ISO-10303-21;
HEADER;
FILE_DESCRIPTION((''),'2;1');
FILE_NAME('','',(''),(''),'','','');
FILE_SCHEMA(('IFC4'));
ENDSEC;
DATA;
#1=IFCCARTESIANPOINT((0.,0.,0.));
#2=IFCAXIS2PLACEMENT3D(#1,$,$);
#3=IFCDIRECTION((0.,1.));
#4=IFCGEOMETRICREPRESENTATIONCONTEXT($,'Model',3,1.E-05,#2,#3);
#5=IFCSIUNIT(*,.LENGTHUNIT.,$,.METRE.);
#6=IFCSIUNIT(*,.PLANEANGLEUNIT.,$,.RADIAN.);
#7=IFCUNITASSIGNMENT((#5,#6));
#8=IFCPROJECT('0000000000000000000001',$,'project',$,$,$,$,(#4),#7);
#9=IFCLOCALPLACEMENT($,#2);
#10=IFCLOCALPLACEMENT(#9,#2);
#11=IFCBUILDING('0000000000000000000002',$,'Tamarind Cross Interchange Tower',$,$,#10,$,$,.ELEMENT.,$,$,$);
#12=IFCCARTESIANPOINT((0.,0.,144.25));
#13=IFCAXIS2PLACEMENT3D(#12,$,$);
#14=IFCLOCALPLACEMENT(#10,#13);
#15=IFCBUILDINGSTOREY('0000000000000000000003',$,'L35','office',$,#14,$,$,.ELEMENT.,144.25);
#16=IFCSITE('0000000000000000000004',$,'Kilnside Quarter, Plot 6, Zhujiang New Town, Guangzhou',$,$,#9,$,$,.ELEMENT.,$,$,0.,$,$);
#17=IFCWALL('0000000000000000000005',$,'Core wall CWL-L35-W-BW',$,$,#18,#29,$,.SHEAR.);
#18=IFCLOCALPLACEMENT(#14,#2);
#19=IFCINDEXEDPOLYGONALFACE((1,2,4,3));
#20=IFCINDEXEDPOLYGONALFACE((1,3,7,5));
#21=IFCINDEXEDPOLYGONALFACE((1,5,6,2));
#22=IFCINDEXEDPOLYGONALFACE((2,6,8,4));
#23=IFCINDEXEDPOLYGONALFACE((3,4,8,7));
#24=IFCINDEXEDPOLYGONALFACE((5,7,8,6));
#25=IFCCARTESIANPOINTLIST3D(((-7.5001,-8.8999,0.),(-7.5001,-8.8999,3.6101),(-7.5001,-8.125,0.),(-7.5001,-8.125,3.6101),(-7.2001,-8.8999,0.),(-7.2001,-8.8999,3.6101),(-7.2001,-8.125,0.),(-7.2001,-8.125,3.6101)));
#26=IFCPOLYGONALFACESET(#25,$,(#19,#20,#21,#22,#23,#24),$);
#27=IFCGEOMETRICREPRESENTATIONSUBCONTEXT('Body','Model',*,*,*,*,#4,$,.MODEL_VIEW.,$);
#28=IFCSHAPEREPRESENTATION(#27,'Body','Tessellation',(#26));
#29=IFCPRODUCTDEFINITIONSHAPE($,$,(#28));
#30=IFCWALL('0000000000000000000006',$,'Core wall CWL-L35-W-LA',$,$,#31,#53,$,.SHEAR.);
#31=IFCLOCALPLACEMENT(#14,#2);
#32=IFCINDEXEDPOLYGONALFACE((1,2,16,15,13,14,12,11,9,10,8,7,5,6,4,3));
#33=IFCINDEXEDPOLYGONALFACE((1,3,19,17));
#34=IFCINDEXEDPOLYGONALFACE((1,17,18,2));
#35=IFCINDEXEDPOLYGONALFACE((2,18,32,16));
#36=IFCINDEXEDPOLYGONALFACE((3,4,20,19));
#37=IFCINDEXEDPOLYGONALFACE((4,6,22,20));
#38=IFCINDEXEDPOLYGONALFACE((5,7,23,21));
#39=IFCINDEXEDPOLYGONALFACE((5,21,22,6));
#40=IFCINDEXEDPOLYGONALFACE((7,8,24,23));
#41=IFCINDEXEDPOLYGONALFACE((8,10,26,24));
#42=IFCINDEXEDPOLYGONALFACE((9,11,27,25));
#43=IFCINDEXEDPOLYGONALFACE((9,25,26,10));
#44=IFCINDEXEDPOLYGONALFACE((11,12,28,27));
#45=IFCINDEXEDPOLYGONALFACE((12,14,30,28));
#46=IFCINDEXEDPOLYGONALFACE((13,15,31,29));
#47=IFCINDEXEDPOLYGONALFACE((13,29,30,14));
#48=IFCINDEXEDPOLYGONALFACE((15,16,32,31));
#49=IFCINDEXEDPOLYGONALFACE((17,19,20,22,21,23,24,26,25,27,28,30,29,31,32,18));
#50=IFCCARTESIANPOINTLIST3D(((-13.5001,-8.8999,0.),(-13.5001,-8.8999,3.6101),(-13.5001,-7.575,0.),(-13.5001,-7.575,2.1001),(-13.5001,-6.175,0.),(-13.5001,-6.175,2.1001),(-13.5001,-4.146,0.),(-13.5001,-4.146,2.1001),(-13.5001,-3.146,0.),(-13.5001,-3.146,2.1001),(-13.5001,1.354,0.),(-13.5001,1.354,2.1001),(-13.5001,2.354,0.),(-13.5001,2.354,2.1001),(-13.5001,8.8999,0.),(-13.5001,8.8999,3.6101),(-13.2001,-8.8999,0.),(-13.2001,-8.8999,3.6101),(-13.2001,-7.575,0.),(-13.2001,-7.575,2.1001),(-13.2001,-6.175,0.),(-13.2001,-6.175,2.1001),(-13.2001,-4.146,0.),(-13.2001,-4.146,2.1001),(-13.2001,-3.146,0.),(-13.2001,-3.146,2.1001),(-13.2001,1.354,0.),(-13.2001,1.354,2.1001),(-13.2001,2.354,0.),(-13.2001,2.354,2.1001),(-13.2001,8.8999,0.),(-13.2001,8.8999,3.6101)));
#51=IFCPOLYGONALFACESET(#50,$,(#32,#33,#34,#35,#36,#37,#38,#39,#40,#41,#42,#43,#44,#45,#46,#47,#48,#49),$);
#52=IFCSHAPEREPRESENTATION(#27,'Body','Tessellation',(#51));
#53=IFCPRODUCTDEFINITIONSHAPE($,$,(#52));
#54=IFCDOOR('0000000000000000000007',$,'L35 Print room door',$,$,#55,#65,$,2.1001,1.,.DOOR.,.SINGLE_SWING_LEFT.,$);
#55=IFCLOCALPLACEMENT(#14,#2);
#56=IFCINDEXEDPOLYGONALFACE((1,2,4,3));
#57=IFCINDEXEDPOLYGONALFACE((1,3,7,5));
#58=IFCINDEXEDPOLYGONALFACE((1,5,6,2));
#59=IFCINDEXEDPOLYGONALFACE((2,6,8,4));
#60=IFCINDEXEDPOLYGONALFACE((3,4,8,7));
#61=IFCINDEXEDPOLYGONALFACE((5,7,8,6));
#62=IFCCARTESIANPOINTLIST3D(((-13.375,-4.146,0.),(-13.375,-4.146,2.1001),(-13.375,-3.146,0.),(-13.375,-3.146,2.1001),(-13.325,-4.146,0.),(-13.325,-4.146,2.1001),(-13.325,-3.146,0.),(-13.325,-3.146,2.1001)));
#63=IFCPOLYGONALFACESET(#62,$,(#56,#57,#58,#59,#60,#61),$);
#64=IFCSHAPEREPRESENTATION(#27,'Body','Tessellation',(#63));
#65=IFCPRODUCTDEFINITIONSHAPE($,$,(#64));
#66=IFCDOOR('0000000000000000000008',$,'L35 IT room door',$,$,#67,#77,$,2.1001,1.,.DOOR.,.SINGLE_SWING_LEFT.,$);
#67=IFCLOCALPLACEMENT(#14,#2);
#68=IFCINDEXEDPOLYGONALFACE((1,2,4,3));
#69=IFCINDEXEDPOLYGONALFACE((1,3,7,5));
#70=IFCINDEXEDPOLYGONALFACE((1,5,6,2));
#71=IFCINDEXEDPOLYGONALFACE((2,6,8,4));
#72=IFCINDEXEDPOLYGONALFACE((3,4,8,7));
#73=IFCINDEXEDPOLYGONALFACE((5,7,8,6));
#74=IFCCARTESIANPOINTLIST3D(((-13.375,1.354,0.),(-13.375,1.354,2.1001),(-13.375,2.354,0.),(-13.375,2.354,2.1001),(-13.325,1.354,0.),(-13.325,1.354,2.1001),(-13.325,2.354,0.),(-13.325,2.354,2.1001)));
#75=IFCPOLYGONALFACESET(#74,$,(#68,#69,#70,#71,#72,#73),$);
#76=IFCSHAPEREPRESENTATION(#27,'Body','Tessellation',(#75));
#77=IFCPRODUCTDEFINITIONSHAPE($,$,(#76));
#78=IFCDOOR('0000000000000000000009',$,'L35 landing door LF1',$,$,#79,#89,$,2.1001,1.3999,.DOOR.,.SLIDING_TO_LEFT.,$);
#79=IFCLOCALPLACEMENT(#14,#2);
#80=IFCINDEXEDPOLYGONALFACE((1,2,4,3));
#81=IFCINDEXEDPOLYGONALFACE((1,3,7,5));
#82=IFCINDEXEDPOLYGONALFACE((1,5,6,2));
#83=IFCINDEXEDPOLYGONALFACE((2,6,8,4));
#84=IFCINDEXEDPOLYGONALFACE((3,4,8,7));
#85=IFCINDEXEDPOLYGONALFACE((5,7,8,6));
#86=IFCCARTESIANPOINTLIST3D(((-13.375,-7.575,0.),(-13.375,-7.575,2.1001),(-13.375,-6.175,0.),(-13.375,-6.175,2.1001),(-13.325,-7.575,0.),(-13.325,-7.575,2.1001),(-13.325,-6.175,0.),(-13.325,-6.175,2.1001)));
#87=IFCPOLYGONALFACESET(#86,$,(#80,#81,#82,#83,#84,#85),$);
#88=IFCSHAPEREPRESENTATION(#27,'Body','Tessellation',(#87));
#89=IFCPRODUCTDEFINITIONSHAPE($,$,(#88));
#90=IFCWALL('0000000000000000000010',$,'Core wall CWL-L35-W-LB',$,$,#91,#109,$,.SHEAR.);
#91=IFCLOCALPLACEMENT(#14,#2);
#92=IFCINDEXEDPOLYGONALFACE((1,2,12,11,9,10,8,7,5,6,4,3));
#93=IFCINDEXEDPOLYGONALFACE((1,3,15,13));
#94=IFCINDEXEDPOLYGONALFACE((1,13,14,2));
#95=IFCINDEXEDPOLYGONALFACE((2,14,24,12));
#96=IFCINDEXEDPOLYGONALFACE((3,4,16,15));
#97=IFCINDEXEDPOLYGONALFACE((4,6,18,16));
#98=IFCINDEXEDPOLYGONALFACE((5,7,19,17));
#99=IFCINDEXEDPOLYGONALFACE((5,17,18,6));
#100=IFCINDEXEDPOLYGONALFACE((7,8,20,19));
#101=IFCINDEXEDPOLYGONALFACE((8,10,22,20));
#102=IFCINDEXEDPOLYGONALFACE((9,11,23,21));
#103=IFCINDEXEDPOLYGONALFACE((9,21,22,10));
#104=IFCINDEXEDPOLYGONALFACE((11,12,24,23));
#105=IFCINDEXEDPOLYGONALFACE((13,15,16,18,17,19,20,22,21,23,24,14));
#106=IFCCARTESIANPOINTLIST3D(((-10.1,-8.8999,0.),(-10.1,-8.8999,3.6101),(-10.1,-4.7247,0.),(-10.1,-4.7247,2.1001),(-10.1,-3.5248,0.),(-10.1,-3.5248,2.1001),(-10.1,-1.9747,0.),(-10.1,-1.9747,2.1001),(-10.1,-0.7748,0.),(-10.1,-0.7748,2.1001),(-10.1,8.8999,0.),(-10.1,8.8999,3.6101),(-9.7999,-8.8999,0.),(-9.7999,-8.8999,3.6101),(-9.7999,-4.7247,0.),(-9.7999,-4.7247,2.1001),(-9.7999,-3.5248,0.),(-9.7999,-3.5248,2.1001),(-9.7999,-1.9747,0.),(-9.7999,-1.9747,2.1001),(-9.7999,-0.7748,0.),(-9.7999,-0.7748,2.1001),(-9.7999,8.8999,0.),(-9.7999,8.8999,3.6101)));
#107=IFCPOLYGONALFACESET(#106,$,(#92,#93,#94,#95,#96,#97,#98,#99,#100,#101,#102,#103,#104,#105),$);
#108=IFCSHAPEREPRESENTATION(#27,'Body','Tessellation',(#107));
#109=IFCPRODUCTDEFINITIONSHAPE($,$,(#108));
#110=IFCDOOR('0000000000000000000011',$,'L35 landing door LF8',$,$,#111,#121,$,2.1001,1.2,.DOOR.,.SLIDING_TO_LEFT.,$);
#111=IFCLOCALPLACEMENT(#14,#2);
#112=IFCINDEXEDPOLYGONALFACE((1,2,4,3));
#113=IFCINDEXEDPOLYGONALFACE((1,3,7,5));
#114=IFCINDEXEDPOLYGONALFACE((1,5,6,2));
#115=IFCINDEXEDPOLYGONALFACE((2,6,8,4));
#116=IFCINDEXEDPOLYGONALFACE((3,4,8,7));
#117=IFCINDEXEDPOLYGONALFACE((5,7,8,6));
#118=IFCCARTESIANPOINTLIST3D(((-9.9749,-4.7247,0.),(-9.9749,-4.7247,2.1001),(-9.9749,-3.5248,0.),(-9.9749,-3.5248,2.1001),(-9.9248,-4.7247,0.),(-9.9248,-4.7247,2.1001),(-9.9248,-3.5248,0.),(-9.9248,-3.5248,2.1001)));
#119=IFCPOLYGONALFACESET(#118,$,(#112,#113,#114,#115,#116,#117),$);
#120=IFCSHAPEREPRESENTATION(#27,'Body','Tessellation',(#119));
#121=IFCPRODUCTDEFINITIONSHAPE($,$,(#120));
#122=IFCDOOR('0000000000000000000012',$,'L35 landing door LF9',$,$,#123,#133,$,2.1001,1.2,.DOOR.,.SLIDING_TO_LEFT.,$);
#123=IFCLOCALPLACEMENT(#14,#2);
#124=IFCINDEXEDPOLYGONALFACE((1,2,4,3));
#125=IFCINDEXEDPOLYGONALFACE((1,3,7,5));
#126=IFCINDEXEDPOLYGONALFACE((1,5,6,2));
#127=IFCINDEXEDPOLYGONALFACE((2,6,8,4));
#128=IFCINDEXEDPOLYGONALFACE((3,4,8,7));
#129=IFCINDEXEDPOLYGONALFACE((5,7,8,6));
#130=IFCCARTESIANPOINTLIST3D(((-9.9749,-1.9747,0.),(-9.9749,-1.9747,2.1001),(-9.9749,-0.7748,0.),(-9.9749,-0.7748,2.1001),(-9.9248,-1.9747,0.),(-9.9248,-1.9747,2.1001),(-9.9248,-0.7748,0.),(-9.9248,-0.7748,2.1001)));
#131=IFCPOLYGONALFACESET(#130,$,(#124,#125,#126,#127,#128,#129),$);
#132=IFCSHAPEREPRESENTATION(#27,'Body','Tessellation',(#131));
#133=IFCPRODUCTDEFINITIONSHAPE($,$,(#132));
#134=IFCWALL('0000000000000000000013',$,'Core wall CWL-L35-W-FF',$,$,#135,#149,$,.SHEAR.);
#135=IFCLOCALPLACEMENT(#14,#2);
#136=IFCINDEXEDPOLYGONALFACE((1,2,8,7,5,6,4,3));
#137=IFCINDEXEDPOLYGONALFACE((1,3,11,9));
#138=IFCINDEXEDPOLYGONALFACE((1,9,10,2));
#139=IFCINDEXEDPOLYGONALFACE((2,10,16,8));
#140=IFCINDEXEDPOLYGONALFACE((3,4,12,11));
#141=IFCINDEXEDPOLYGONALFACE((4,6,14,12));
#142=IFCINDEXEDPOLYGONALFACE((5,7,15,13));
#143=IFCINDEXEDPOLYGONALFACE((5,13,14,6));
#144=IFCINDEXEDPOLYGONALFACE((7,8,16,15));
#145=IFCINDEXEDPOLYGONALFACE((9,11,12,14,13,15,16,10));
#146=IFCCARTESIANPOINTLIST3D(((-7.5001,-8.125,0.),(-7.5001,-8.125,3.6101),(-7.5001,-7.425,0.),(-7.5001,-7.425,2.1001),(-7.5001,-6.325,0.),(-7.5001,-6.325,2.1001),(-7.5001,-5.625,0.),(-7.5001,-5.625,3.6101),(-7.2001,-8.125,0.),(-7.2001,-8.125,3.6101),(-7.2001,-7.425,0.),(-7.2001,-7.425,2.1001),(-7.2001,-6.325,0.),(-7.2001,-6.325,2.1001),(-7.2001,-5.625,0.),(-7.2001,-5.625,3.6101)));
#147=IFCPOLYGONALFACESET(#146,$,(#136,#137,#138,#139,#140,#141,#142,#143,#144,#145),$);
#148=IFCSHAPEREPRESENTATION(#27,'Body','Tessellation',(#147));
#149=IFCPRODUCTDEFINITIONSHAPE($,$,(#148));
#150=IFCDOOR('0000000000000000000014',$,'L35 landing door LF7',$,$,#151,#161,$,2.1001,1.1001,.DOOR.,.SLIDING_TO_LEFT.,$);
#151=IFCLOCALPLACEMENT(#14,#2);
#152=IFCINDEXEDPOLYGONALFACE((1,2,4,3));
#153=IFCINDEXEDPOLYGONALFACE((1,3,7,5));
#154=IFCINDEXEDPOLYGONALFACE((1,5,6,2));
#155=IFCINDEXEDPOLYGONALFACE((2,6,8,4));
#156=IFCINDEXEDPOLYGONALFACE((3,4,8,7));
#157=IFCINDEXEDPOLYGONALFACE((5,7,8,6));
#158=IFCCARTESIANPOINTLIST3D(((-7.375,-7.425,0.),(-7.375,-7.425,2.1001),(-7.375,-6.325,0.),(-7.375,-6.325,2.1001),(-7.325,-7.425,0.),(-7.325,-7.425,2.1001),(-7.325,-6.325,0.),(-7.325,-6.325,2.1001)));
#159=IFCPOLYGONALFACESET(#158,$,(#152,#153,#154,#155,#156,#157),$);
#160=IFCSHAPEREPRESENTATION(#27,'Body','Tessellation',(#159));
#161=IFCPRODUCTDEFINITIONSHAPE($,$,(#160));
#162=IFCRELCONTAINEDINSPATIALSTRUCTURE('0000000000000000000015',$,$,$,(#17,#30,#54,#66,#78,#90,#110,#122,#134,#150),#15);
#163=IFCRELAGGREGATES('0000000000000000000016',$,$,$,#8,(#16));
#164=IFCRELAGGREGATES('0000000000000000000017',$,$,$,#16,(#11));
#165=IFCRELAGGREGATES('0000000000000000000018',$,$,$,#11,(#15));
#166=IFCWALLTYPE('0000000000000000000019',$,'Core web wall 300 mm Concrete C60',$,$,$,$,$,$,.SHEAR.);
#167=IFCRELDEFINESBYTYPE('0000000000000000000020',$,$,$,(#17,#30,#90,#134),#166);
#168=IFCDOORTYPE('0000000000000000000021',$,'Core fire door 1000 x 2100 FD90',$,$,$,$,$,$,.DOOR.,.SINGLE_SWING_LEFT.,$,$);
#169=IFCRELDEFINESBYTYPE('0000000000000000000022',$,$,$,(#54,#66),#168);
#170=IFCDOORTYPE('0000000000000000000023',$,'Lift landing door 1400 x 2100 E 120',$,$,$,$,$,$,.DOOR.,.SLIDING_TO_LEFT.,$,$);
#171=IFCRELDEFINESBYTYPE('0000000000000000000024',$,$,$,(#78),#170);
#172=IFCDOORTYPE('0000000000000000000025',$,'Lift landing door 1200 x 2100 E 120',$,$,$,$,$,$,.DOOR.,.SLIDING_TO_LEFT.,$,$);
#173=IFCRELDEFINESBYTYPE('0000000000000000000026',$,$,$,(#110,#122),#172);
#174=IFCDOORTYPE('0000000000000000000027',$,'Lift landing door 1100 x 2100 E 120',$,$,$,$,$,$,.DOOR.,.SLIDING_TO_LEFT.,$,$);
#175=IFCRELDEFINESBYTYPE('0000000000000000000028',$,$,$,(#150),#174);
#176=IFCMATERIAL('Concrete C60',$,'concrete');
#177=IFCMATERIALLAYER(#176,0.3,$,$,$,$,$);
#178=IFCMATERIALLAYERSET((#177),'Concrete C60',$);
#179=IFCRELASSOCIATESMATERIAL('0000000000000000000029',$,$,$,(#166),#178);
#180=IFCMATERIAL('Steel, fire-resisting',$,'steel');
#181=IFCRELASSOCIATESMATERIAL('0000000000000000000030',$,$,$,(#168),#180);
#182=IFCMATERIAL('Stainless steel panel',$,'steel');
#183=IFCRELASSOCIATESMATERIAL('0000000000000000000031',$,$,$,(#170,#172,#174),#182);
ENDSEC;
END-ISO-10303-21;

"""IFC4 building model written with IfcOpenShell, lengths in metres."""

from ifc_helpers import new_model, si_unit, direction, frame, frame_2d, origin, place, context, subcontext, project, spatial, rectangle, extrude, material, layer, layer_set, type_object, element, fill, save


model = new_model("IFC4")

# Units and contexts
model_context = context("Model", 3, precision=1e-05, world=origin(), true_north=direction((0.0, 1.0)))
body_context = subcontext(model_context, "Body", "Model", "MODEL_VIEW")
ifc_project = project(units=[si_unit("LENGTHUNIT", "METRE"), si_unit("PLANEANGLEUNIT", "RADIAN")], contexts=[model_context])

# Site, building, storey
site_placement = place(None, origin())
site = spatial("IfcSite", under=ifc_project, at=site_placement, Name="Kilnside Quarter, Plot 6, Zhujiang New Town, Guangzhou", CompositionType="ELEMENT", RefElevation=0.0)
building_placement = place(site_placement, origin())
building = spatial("IfcBuilding", under=site, at=building_placement, Name="Tamarind Cross Interchange Tower", CompositionType="ELEMENT")
storey_placement = place(building_placement, frame((0.0, 0.0, 144.25)))
storey = spatial("IfcBuildingStorey", under=building, at=storey_placement, Name="L35", Description="office", CompositionType="ELEMENT", Elevation=144.25)

# Wall
ifc_material_1 = material(Name="Concrete C60", Category="concrete")
ifc_layer_1 = layer(ifc_material_1, 0.3)
ifc_layer_set_1 = layer_set([ifc_layer_1], Name="Concrete C60")
wall_type_1 = type_object("IfcWallType", Name="Core web wall 300 mm Concrete C60", PredefinedType="SHEAR", material=ifc_layer_set_1)
wall_1_placement = place(storey_placement, frame((-7.3501, -8.8999, 0.0), z_axis=(0.0, 0.0, 1.0), x_axis=(0.0, 1.0, 0.0)))
element("IfcWall", 1, at=wall_1_placement, inside=storey, type_object=wall_type_1, Name="Core wall CWL-L35-W-BW", PredefinedType="SHEAR", context=body_context, shape_type="SweptSolid", body=[
    extrude(rectangle(XDim=0.7749, YDim=0.3, at=frame_2d((0.3875, 0.0))), origin(), (0.0, 0.0, 1.0), 3.6101),
])

# Walls, openings, doors
wall_2_placement = place(storey_placement, frame((-13.3501, -8.8999, 0.0), z_axis=(0.0, 0.0, 1.0), x_axis=(0.0, 1.0, 0.0)))
wall_2 = element("IfcWall", 2, at=wall_2_placement, inside=storey, type_object=wall_type_1, Name="Core wall CWL-L35-W-LA", PredefinedType="SHEAR", context=body_context, shape_type="SweptSolid", body=[
    extrude(rectangle(XDim=17.7998, YDim=0.3, at=frame_2d((8.8999, 0.0))), origin(), (0.0, 0.0, 1.0), 3.6101),
])
opening_1_placement = place(wall_2_placement, frame((1.325, 0.0, 0.0)))
opening_1 = element("IfcOpeningElement", 3, at=opening_1_placement, cuts=wall_2, PredefinedType="OPENING", context=body_context, shape_type="SweptSolid", body=[
    extrude(rectangle(XDim=1.3999, YDim=2.1001, at=frame_2d((0.7, 1.05))), frame((0.0, 0.1599, 0.0), z_axis=(0.0, -1.0, 0.0), x_axis=(1.0, 0.0, 0.0)), (0.0, 0.0, 1.0), 0.3201),
])
opening_2_placement = place(wall_2_placement, frame((4.7539, 0.0, 0.0)))
opening_2 = element("IfcOpeningElement", 4, at=opening_2_placement, cuts=wall_2, PredefinedType="OPENING", context=body_context, shape_type="SweptSolid", body=[
    extrude(rectangle(XDim=1.0, YDim=2.1001, at=frame_2d((0.5, 1.05))), frame((0.0, 0.1599, 0.0), z_axis=(0.0, -1.0, 0.0), x_axis=(1.0, 0.0, 0.0)), (0.0, 0.0, 1.0), 0.3201),
])
opening_3_placement = place(wall_2_placement, frame((10.2539, 0.0, 0.0)))
opening_3 = element("IfcOpeningElement", 5, at=opening_3_placement, cuts=wall_2, PredefinedType="OPENING", context=body_context, shape_type="SweptSolid", body=[
    extrude(rectangle(XDim=1.0, YDim=2.1001, at=frame_2d((0.5, 1.05))), frame((0.0, 0.1599, 0.0), z_axis=(0.0, -1.0, 0.0), x_axis=(1.0, 0.0, 0.0)), (0.0, 0.0, 1.0), 0.3201),
])
ifc_material_2 = material(Name="Steel, fire-resisting", Category="steel")
door_type_1 = type_object("IfcDoorType", Name="Core fire door 1000 x 2100 FD90", OperationType="SINGLE_SWING_LEFT", PredefinedType="DOOR", material=ifc_material_2)
door_1_placement = place(opening_2_placement, origin())
door_1 = element("IfcDoor", 6, at=door_1_placement, inside=storey, type_object=door_type_1, Name="L35 Print room door", OperationType="SINGLE_SWING_LEFT", OverallHeight=2.1001, OverallWidth=1.0, PredefinedType="DOOR", context=body_context, shape_type="SweptSolid", body=[
    extrude(rectangle(XDim=1.0, YDim=2.1001, at=frame_2d((0.5, 1.05))), frame((0.0, 0.0249, 0.0), z_axis=(0.0, -1.0, 0.0), x_axis=(1.0, 0.0, 0.0)), (0.0, 0.0, 1.0), 0.05),
])
fill(opening_2, door_1)
door_2_placement = place(opening_3_placement, origin())
door_2 = element("IfcDoor", 7, at=door_2_placement, inside=storey, type_object=door_type_1, Name="L35 IT room door", OperationType="SINGLE_SWING_LEFT", OverallHeight=2.1001, OverallWidth=1.0, PredefinedType="DOOR", context=body_context, shape_type="SweptSolid", body=[
    extrude(rectangle(XDim=1.0, YDim=2.1001, at=frame_2d((0.5, 1.05))), frame((0.0, 0.0249, 0.0), z_axis=(0.0, -1.0, 0.0), x_axis=(1.0, 0.0, 0.0)), (0.0, 0.0, 1.0), 0.05),
])
fill(opening_3, door_2)
ifc_material_3 = material(Name="Stainless steel panel", Category="steel")
door_type_2 = type_object("IfcDoorType", Name="Lift landing door 1400 x 2100 E 120", OperationType="SLIDING_TO_LEFT", PredefinedType="DOOR", material=ifc_material_3)
door_3_placement = place(opening_1_placement, origin())
door_3 = element("IfcDoor", 8, at=door_3_placement, inside=storey, type_object=door_type_2, Name="L35 landing door LF1", OperationType="SLIDING_TO_LEFT", OverallHeight=2.1001, OverallWidth=1.3999, PredefinedType="DOOR", context=body_context, shape_type="SweptSolid", body=[
    extrude(rectangle(XDim=1.3999, YDim=2.1001, at=frame_2d((0.7, 1.05))), frame((0.0, 0.0249, 0.0), z_axis=(0.0, -1.0, 0.0), x_axis=(1.0, 0.0, 0.0)), (0.0, 0.0, 1.0), 0.05),
])
fill(opening_1, door_3)
wall_3_placement = place(storey_placement, frame((-9.95, -8.8999, 0.0), z_axis=(0.0, 0.0, 1.0), x_axis=(0.0, 1.0, 0.0)))
wall_3 = element("IfcWall", 9, at=wall_3_placement, inside=storey, type_object=wall_type_1, Name="Core wall CWL-L35-W-LB", PredefinedType="SHEAR", context=body_context, shape_type="SweptSolid", body=[
    extrude(rectangle(XDim=17.7998, YDim=0.3, at=frame_2d((8.8999, 0.0))), origin(), (0.0, 0.0, 1.0), 3.6101),
])
opening_4_placement = place(wall_3_placement, frame((4.175, 0.0, 0.0)))
opening_4 = element("IfcOpeningElement", 10, at=opening_4_placement, cuts=wall_3, PredefinedType="OPENING", context=body_context, shape_type="SweptSolid", body=[
    extrude(rectangle(XDim=1.2, YDim=2.1001, at=frame_2d((0.6001, 1.05))), frame((0.0, 0.1599, 0.0), z_axis=(0.0, -1.0, 0.0), x_axis=(1.0, 0.0, 0.0)), (0.0, 0.0, 1.0), 0.3201),
])
opening_5_placement = place(wall_3_placement, frame((6.925, 0.0, 0.0)))
opening_5 = element("IfcOpeningElement", 11, at=opening_5_placement, cuts=wall_3, PredefinedType="OPENING", context=body_context, shape_type="SweptSolid", body=[
    extrude(rectangle(XDim=1.2, YDim=2.1001, at=frame_2d((0.6001, 1.05))), frame((0.0, 0.1599, 0.0), z_axis=(0.0, -1.0, 0.0), x_axis=(1.0, 0.0, 0.0)), (0.0, 0.0, 1.0), 0.3201),
])
door_type_3 = type_object("IfcDoorType", Name="Lift landing door 1200 x 2100 E 120", OperationType="SLIDING_TO_LEFT", PredefinedType="DOOR", material=ifc_material_3)
door_4_placement = place(opening_4_placement, origin())
door_4 = element("IfcDoor", 12, at=door_4_placement, inside=storey, type_object=door_type_3, Name="L35 landing door LF8", OperationType="SLIDING_TO_LEFT", OverallHeight=2.1001, OverallWidth=1.2, PredefinedType="DOOR", context=body_context, shape_type="SweptSolid", body=[
    extrude(rectangle(XDim=1.2, YDim=2.1001, at=frame_2d((0.6001, 1.05))), frame((0.0, 0.0249, 0.0), z_axis=(0.0, -1.0, 0.0), x_axis=(1.0, 0.0, 0.0)), (0.0, 0.0, 1.0), 0.05),
])
fill(opening_4, door_4)
door_5_placement = place(opening_5_placement, origin())
door_5 = element("IfcDoor", 13, at=door_5_placement, inside=storey, type_object=door_type_3, Name="L35 landing door LF9", OperationType="SLIDING_TO_LEFT", OverallHeight=2.1001, OverallWidth=1.2, PredefinedType="DOOR", context=body_context, shape_type="SweptSolid", body=[
    extrude(rectangle(XDim=1.2, YDim=2.1001, at=frame_2d((0.6001, 1.05))), frame((0.0, 0.0249, 0.0), z_axis=(0.0, -1.0, 0.0), x_axis=(1.0, 0.0, 0.0)), (0.0, 0.0, 1.0), 0.05),
])
fill(opening_5, door_5)

# Wall, opening, door
wall_4_placement = place(storey_placement, frame((-7.3501, -8.125, 0.0), z_axis=(0.0, 0.0, 1.0), x_axis=(0.0, 1.0, 0.0)))
wall_4 = element("IfcWall", 14, at=wall_4_placement, inside=storey, type_object=wall_type_1, Name="Core wall CWL-L35-W-FF", PredefinedType="SHEAR", context=body_context, shape_type="SweptSolid", body=[
    extrude(rectangle(XDim=2.5, YDim=0.3, at=frame_2d((1.25, 0.0))), origin(), (0.0, 0.0, 1.0), 3.6101),
])
opening_6_placement = place(wall_4_placement, frame((0.7, 0.0, 0.0)))
opening_6 = element("IfcOpeningElement", 15, at=opening_6_placement, cuts=wall_4, PredefinedType="OPENING", context=body_context, shape_type="SweptSolid", body=[
    extrude(rectangle(XDim=1.1001, YDim=2.1001, at=frame_2d((0.55, 1.05))), frame((0.0, 0.1599, 0.0), z_axis=(0.0, -1.0, 0.0), x_axis=(1.0, 0.0, 0.0)), (0.0, 0.0, 1.0), 0.3201),
])
door_type_4 = type_object("IfcDoorType", Name="Lift landing door 1100 x 2100 E 120", OperationType="SLIDING_TO_LEFT", PredefinedType="DOOR", material=ifc_material_3)
door_6_placement = place(opening_6_placement, origin())
door_6 = element("IfcDoor", 16, at=door_6_placement, inside=storey, type_object=door_type_4, Name="L35 landing door LF7", OperationType="SLIDING_TO_LEFT", OverallHeight=2.1001, OverallWidth=1.1001, PredefinedType="DOOR", context=body_context, shape_type="SweptSolid", body=[
    extrude(rectangle(XDim=1.1001, YDim=2.1001, at=frame_2d((0.55, 1.05))), frame((0.0, 0.0249, 0.0), z_axis=(0.0, -1.0, 0.0), x_axis=(1.0, 0.0, 0.0)), (0.0, 0.0, 1.0), 0.05),
])
fill(opening_6, door_6)

save(model, "model.ifc")
